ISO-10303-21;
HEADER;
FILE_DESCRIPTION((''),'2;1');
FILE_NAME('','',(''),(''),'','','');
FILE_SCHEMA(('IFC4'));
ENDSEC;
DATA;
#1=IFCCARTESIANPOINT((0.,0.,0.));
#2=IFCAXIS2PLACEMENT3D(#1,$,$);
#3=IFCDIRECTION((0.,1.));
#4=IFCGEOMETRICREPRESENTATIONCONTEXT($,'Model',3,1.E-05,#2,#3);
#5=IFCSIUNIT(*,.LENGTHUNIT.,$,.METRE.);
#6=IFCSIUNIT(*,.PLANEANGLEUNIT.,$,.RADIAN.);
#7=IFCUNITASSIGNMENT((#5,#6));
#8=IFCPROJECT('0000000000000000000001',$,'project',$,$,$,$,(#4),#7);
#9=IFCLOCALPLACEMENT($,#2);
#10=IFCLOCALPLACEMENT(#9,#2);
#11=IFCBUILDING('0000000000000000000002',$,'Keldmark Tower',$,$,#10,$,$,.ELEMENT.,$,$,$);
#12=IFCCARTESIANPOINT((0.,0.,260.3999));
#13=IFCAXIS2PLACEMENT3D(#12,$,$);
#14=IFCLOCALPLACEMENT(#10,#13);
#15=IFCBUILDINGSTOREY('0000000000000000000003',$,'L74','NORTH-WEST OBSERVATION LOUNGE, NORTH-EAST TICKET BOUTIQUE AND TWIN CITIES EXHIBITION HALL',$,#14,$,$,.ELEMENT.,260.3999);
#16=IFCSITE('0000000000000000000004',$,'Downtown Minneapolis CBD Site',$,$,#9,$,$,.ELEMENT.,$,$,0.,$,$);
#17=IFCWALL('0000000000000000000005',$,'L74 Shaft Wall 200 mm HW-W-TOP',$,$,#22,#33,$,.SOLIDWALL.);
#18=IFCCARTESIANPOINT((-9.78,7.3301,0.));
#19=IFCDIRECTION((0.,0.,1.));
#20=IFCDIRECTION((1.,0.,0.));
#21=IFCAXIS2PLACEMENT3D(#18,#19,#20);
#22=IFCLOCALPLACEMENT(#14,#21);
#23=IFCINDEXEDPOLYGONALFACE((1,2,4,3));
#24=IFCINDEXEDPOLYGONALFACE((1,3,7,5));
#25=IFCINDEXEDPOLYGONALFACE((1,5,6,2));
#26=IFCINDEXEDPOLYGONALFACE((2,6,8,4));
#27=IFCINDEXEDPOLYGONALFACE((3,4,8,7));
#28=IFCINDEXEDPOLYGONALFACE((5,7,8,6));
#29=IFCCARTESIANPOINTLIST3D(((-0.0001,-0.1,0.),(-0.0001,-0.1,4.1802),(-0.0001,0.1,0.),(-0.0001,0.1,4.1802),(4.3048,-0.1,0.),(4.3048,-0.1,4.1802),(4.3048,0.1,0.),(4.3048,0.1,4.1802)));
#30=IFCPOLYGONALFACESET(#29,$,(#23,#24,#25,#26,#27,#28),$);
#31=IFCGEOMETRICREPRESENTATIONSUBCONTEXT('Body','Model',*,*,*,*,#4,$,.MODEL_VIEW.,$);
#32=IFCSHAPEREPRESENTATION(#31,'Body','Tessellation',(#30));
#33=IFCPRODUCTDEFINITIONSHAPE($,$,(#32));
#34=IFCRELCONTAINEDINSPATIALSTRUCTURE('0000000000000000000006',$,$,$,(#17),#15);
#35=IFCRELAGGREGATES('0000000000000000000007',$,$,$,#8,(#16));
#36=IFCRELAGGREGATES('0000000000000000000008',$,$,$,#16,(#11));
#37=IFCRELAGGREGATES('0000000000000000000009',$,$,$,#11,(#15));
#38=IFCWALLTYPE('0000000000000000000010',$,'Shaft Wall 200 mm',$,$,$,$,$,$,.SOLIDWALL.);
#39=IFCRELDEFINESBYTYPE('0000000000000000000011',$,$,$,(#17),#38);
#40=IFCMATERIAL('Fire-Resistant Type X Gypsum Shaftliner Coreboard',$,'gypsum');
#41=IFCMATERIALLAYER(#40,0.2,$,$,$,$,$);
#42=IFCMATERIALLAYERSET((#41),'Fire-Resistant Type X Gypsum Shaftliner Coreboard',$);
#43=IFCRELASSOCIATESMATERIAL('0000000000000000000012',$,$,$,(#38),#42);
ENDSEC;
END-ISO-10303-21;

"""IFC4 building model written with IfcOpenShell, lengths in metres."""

from ifc_helpers import new_model, si_unit, direction, frame, frame_2d, origin, place, context, subcontext, project, spatial, rectangle, extrude, material, layer, layer_set, type_object, element, save


model = new_model("IFC4")

# Units and contexts
model_context = context("Model", 3, precision=1e-05, world=origin(), true_north=direction((0.0, 1.0)))
body_context = subcontext(model_context, "Body", "Model", "MODEL_VIEW")
ifc_project = project(units=[si_unit("LENGTHUNIT", "METRE"), si_unit("PLANEANGLEUNIT", "RADIAN")], contexts=[model_context])

# Site, building, storey
site_placement = place(None, origin())
site = spatial("IfcSite", under=ifc_project, at=site_placement, Name="Downtown Minneapolis CBD Site", CompositionType="ELEMENT", RefElevation=0.0)
building_placement = place(site_placement, origin())
building = spatial("IfcBuilding", under=site, at=building_placement, Name="Keldmark Tower", CompositionType="ELEMENT")
storey_placement = place(building_placement, frame((0.0, 0.0, 260.3999)))
storey = spatial("IfcBuildingStorey", under=building, at=storey_placement, Name="L74", Description="NORTH-WEST OBSERVATION LOUNGE, NORTH-EAST TICKET BOUTIQUE AND TWIN CITIES EXHIBITION HALL", CompositionType="ELEMENT", Elevation=260.3999)

# Wall
ifc_material_1 = material(Name="Fire-Resistant Type X Gypsum Shaftliner Coreboard", Category="gypsum")
ifc_layer_1 = layer(ifc_material_1, 0.2)
ifc_layer_set_1 = layer_set([ifc_layer_1], Name="Fire-Resistant Type X Gypsum Shaftliner Coreboard")
wall_type_1 = type_object("IfcWallType", Name="Shaft Wall 200 mm", PredefinedType="SOLIDWALL", material=ifc_layer_set_1)
wall_1_placement = place(storey_placement, frame((-9.78, 7.3301, 0.0), z_axis=(0.0, 0.0, 1.0), x_axis=(1.0, 0.0, 0.0)))
element("IfcWall", 1, at=wall_1_placement, inside=storey, type_object=wall_type_1, Name="L74 Shaft Wall 200 mm HW-W-TOP", PredefinedType="SOLIDWALL", context=body_context, shape_type="SweptSolid", body=[
    extrude(rectangle(XDim=4.3049, YDim=0.2, at=frame_2d((2.1523, 0.0))), origin(), (0.0, 0.0, 1.0), 4.1802),
])

save(model, "model.ifc")
